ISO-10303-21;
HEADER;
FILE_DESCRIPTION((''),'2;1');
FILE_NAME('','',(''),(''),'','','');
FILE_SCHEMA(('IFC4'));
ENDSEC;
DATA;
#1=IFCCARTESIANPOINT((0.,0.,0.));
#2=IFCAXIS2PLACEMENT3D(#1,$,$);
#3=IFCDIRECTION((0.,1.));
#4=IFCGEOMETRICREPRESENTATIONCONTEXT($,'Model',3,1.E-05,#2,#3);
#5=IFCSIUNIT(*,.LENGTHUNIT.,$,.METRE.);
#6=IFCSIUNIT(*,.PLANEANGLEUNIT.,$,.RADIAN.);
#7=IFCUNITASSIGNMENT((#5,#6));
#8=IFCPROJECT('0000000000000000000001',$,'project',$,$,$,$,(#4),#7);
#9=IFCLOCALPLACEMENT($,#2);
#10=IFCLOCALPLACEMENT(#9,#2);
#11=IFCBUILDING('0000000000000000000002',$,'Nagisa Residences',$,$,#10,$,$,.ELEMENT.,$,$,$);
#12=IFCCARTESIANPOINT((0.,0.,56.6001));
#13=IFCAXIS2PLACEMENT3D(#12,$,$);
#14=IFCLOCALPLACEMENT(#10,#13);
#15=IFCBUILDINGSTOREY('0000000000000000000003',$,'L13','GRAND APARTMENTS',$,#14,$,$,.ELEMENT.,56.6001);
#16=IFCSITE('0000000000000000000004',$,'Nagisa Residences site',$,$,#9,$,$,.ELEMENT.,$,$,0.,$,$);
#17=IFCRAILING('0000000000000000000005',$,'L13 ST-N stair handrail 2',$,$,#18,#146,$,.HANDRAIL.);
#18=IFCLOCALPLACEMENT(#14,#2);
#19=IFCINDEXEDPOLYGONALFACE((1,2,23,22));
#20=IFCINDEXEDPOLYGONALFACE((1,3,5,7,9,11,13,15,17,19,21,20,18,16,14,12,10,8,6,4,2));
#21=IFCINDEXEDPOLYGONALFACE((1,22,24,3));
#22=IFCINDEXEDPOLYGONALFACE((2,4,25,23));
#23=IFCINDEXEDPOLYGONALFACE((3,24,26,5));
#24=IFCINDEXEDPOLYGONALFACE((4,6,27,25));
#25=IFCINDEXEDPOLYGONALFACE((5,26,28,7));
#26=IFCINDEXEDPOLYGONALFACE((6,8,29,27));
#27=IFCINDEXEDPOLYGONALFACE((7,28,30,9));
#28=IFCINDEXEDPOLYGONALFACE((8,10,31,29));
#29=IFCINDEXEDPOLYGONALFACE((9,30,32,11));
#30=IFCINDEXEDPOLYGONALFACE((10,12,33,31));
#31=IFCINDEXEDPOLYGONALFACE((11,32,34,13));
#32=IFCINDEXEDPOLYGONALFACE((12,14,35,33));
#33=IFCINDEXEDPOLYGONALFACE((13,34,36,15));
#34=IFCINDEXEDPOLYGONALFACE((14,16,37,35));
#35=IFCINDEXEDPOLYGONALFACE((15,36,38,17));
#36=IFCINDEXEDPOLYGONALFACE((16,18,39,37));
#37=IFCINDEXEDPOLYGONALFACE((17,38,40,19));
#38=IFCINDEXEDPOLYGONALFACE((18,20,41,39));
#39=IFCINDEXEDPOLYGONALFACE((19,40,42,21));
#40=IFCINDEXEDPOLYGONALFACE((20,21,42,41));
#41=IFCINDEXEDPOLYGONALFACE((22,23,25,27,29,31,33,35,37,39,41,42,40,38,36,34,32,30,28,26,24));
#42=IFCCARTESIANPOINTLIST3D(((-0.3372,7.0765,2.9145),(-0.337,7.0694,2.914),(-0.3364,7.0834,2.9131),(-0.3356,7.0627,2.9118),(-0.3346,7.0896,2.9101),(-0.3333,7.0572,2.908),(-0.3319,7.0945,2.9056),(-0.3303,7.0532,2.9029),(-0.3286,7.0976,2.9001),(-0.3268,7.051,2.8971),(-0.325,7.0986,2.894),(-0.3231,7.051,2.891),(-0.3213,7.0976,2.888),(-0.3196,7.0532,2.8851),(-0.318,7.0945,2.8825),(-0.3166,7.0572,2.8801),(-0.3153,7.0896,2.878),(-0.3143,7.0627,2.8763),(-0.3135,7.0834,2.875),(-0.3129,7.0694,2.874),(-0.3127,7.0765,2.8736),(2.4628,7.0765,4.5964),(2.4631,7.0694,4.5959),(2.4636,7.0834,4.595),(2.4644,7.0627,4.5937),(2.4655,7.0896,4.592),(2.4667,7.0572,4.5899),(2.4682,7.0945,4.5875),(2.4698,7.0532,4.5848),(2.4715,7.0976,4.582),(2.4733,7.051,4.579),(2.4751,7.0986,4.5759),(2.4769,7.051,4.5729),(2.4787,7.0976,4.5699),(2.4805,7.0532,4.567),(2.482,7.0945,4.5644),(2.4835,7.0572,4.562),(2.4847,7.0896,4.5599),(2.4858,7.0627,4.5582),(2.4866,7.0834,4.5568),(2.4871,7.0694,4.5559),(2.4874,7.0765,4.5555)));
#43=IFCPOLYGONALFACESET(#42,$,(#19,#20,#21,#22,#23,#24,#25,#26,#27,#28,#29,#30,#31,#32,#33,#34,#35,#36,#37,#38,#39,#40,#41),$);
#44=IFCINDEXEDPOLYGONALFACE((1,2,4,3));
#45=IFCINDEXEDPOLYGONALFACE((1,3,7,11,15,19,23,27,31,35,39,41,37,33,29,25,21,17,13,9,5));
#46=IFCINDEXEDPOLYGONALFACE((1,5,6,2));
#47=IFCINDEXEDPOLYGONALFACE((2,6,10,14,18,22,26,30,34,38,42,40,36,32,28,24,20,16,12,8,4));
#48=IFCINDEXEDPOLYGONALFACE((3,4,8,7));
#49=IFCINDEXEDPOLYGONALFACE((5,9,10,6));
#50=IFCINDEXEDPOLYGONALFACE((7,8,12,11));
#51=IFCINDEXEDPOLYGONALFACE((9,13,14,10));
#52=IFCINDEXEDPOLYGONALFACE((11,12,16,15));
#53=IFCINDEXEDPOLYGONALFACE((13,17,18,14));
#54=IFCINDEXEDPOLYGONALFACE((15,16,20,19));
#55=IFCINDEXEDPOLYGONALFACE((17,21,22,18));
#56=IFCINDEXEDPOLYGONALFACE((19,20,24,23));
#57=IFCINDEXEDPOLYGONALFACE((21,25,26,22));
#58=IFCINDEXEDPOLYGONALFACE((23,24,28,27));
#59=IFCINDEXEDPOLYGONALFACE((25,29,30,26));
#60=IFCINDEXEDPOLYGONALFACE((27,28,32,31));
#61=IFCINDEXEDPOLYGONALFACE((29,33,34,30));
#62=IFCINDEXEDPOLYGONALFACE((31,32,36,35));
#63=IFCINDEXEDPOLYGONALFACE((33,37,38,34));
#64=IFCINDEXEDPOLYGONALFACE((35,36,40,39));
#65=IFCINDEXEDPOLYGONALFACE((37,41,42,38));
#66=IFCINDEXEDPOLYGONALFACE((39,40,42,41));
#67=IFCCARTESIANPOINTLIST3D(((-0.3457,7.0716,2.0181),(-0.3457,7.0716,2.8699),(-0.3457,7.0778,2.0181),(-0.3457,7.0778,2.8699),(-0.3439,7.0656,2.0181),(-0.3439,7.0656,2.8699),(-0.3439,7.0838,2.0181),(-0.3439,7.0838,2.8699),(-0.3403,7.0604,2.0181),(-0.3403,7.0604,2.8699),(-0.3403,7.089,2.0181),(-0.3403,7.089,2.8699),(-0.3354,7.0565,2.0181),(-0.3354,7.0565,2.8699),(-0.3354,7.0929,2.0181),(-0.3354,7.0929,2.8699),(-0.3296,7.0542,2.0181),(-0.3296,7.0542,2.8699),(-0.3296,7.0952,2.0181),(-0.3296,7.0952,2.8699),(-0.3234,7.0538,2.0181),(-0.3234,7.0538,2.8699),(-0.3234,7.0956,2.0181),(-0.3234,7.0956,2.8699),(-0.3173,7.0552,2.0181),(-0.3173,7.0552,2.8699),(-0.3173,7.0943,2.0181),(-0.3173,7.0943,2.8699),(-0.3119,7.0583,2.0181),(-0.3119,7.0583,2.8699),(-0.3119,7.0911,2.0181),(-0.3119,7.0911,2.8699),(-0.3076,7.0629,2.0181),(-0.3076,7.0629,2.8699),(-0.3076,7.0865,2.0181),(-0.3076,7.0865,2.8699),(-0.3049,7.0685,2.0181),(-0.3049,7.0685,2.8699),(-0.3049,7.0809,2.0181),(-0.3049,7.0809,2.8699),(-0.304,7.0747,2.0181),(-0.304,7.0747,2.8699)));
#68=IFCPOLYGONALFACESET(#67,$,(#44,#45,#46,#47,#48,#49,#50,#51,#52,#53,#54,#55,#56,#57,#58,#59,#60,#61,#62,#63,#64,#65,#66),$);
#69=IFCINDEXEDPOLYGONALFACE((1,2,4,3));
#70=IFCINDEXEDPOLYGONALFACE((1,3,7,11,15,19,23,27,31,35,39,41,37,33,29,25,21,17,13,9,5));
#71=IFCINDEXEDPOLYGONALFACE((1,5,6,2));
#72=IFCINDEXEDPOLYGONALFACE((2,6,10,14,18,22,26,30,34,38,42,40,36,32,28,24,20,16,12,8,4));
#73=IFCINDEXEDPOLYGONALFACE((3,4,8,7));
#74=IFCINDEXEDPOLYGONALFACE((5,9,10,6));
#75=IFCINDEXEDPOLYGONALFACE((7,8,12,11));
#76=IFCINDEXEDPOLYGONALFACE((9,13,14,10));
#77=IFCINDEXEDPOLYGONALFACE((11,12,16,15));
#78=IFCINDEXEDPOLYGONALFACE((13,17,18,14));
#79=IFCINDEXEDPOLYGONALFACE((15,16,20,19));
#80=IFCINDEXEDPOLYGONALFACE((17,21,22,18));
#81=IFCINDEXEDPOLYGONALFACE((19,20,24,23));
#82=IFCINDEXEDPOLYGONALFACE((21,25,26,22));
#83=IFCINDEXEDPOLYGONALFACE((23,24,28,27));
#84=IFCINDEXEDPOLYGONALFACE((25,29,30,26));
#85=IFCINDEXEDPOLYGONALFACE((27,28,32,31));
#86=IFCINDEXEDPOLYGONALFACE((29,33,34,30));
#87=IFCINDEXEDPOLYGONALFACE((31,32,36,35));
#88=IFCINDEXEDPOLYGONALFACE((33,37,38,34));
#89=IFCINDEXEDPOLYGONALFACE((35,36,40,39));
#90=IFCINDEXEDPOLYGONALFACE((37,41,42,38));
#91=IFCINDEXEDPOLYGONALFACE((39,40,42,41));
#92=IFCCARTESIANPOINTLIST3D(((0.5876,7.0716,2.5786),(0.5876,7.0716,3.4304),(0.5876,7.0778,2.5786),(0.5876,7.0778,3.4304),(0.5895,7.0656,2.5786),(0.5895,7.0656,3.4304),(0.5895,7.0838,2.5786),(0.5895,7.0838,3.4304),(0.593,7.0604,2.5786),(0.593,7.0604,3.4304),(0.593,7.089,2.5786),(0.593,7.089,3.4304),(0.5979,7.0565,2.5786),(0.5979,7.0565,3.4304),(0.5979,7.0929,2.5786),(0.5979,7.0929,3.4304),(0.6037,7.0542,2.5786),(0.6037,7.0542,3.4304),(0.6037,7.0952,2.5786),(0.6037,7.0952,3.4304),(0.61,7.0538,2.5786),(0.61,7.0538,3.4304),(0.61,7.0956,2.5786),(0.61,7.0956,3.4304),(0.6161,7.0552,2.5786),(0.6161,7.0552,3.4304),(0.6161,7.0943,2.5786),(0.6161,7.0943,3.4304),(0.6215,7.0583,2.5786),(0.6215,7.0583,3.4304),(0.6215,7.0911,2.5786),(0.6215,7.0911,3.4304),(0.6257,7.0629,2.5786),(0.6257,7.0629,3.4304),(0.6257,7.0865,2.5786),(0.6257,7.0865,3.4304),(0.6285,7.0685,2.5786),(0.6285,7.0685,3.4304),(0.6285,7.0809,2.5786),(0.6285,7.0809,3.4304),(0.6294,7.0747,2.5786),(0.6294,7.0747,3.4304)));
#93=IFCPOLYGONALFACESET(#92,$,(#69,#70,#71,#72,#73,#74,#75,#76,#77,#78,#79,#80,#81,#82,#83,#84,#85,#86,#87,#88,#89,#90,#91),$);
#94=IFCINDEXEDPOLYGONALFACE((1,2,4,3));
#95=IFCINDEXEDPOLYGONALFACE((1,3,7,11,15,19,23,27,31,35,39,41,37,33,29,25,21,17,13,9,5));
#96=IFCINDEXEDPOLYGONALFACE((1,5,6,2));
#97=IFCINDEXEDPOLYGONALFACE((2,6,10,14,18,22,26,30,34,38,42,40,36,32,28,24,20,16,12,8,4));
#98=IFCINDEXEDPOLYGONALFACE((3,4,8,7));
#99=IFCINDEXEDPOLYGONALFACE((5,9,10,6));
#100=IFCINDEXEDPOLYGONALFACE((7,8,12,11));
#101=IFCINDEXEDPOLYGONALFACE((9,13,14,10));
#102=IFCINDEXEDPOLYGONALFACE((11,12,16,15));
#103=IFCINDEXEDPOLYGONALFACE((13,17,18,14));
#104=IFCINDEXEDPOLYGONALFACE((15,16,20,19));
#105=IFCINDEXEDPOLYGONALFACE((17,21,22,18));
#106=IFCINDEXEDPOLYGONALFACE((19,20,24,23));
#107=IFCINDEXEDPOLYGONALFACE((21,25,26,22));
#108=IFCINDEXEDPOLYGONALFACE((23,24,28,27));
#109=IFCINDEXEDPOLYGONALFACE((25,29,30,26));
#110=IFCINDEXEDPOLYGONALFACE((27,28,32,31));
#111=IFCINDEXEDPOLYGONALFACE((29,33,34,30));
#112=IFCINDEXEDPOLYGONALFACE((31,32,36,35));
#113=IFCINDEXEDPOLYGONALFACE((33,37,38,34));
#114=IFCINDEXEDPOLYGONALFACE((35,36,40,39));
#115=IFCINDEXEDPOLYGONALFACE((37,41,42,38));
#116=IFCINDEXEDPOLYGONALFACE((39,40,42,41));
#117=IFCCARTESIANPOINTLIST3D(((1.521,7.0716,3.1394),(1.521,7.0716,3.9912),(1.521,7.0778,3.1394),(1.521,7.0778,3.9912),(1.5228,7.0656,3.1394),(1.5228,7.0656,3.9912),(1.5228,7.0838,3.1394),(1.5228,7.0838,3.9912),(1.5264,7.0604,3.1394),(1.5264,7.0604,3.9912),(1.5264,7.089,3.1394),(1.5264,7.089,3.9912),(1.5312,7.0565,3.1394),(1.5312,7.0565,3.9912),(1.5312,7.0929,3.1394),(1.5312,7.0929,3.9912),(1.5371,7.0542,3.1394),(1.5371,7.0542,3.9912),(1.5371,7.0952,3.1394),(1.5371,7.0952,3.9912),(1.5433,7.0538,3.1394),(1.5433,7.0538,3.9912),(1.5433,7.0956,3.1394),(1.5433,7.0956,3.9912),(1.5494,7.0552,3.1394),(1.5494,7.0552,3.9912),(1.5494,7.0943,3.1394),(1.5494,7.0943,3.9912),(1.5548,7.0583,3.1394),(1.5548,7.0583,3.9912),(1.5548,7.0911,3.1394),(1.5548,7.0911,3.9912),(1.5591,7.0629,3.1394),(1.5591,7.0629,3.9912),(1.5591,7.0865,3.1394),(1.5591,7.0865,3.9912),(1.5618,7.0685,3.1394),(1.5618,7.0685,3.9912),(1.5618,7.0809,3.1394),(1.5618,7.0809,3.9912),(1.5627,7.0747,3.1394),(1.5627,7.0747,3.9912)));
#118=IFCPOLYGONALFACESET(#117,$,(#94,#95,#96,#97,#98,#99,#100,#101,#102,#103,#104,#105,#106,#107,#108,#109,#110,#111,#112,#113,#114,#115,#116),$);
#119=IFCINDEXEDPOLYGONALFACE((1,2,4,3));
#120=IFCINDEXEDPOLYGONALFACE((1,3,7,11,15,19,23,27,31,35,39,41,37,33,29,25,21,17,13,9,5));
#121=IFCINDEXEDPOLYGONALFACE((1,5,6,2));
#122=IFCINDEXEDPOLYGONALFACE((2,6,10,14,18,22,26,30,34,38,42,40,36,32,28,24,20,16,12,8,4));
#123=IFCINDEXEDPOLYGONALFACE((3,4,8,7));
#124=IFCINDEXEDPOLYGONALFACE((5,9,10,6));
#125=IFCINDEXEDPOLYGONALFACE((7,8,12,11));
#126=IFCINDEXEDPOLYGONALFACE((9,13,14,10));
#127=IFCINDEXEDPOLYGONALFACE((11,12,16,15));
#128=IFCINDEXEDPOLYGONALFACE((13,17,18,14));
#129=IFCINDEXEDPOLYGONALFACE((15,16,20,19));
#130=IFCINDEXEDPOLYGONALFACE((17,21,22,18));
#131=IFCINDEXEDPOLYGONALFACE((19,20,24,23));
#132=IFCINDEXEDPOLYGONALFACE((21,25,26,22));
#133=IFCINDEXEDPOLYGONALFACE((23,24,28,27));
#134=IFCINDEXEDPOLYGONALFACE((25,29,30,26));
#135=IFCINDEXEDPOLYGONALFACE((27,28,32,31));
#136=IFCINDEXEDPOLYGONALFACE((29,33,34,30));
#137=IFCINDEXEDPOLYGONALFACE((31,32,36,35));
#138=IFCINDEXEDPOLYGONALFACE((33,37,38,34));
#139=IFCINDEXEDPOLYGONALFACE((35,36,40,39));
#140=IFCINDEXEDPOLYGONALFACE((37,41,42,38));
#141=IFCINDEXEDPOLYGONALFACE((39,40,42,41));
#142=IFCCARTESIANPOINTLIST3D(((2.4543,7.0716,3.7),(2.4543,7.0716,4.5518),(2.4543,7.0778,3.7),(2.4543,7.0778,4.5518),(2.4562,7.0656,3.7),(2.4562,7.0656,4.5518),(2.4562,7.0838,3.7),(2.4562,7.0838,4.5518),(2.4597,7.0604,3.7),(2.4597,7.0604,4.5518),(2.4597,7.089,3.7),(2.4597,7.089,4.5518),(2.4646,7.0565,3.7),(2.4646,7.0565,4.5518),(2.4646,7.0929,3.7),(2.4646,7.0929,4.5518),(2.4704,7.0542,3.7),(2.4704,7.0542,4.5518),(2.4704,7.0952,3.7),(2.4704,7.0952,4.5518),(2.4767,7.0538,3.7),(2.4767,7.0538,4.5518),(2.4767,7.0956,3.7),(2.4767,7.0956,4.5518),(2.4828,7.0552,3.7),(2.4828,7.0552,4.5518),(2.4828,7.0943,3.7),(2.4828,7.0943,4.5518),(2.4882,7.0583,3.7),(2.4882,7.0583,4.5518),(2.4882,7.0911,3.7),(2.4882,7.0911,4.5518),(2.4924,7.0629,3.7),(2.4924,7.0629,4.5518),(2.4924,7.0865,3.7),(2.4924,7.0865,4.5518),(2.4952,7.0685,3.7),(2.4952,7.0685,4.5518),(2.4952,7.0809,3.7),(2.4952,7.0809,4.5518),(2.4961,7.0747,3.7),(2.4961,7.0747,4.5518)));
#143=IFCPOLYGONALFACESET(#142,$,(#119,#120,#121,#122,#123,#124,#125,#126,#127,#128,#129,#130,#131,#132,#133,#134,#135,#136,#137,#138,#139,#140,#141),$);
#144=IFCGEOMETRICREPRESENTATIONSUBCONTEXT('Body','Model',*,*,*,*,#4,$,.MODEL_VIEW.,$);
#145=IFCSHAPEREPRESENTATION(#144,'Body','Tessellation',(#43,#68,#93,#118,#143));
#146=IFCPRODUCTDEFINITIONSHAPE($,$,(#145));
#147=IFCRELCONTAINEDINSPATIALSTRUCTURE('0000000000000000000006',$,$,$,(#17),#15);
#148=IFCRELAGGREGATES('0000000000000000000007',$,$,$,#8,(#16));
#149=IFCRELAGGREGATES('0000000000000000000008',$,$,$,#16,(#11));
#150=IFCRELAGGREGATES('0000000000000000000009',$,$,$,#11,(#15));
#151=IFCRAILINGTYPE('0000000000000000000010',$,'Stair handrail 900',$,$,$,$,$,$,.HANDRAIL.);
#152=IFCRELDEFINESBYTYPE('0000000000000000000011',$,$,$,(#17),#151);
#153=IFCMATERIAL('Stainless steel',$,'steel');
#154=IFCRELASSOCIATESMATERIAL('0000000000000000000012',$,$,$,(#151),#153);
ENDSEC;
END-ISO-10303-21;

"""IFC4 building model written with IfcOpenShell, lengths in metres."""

from ifc_helpers import new_model, si_unit, direction, frame, origin, origin_2d, place, context, subcontext, project, spatial, circle, extrude, material, type_object, element, save


model = new_model("IFC4")

# Units and contexts
model_context = context("Model", 3, precision=1e-05, world=origin(), true_north=direction((0.0, 1.0)))
body_context = subcontext(model_context, "Body", "Model", "MODEL_VIEW")
ifc_project = project(units=[si_unit("LENGTHUNIT", "METRE"), si_unit("PLANEANGLEUNIT", "RADIAN")], contexts=[model_context])

# Site, building, storey
site_placement = place(None, origin())
site = spatial("IfcSite", under=ifc_project, at=site_placement, Name="Nagisa Residences site", CompositionType="ELEMENT", RefElevation=0.0)
building_placement = place(site_placement, origin())
building = spatial("IfcBuilding", under=site, at=building_placement, Name="Nagisa Residences", CompositionType="ELEMENT")
storey_placement = place(building_placement, frame((0.0, 0.0, 56.6001)))
storey = spatial("IfcBuildingStorey", under=building, at=storey_placement, Name="L13", Description="GRAND APARTMENTS", CompositionType="ELEMENT", Elevation=56.6001)

# Railing
ifc_material_1 = material(Name="Stainless steel", Category="steel")
railing_type = type_object("IfcRailingType", Name="Stair handrail 900", PredefinedType="HANDRAIL", material=ifc_material_1)
railing_placement = place(storey_placement, frame((-0.325, 7.0747, 2.0181)))
element("IfcRailing", 1, at=railing_placement, inside=storey, type_object=railing_type, Name="L13 ST-N stair handrail 2", PredefinedType="HANDRAIL", context=body_context, shape_type="SweptSolid", body=[
    extrude(circle(Radius=0.0239, at=origin_2d()), frame((0.0, 0.0, 0.876), z_axis=(0.857242, 0.0, 0.514913), x_axis=(0.0, 1.0, 0.0)), (0.0, 0.0, 1.0), 3.2664),
    extrude(circle(Radius=0.021, at=origin_2d()), origin(), (0.0, 0.0, 1.0), 0.8518),
    extrude(circle(Radius=0.021, at=origin_2d()), frame((0.9333, 0.0, 0.5605)), (0.0, 0.0, 1.0), 0.8518),
    extrude(circle(Radius=0.021, at=origin_2d()), frame((1.8667, 0.0, 1.1213)), (0.0, 0.0, 1.0), 0.8518),
    extrude(circle(Radius=0.021, at=origin_2d()), frame((2.8, 0.0, 1.6819)), (0.0, 0.0, 1.0), 0.8518),
])

save(model, "model.ifc")
